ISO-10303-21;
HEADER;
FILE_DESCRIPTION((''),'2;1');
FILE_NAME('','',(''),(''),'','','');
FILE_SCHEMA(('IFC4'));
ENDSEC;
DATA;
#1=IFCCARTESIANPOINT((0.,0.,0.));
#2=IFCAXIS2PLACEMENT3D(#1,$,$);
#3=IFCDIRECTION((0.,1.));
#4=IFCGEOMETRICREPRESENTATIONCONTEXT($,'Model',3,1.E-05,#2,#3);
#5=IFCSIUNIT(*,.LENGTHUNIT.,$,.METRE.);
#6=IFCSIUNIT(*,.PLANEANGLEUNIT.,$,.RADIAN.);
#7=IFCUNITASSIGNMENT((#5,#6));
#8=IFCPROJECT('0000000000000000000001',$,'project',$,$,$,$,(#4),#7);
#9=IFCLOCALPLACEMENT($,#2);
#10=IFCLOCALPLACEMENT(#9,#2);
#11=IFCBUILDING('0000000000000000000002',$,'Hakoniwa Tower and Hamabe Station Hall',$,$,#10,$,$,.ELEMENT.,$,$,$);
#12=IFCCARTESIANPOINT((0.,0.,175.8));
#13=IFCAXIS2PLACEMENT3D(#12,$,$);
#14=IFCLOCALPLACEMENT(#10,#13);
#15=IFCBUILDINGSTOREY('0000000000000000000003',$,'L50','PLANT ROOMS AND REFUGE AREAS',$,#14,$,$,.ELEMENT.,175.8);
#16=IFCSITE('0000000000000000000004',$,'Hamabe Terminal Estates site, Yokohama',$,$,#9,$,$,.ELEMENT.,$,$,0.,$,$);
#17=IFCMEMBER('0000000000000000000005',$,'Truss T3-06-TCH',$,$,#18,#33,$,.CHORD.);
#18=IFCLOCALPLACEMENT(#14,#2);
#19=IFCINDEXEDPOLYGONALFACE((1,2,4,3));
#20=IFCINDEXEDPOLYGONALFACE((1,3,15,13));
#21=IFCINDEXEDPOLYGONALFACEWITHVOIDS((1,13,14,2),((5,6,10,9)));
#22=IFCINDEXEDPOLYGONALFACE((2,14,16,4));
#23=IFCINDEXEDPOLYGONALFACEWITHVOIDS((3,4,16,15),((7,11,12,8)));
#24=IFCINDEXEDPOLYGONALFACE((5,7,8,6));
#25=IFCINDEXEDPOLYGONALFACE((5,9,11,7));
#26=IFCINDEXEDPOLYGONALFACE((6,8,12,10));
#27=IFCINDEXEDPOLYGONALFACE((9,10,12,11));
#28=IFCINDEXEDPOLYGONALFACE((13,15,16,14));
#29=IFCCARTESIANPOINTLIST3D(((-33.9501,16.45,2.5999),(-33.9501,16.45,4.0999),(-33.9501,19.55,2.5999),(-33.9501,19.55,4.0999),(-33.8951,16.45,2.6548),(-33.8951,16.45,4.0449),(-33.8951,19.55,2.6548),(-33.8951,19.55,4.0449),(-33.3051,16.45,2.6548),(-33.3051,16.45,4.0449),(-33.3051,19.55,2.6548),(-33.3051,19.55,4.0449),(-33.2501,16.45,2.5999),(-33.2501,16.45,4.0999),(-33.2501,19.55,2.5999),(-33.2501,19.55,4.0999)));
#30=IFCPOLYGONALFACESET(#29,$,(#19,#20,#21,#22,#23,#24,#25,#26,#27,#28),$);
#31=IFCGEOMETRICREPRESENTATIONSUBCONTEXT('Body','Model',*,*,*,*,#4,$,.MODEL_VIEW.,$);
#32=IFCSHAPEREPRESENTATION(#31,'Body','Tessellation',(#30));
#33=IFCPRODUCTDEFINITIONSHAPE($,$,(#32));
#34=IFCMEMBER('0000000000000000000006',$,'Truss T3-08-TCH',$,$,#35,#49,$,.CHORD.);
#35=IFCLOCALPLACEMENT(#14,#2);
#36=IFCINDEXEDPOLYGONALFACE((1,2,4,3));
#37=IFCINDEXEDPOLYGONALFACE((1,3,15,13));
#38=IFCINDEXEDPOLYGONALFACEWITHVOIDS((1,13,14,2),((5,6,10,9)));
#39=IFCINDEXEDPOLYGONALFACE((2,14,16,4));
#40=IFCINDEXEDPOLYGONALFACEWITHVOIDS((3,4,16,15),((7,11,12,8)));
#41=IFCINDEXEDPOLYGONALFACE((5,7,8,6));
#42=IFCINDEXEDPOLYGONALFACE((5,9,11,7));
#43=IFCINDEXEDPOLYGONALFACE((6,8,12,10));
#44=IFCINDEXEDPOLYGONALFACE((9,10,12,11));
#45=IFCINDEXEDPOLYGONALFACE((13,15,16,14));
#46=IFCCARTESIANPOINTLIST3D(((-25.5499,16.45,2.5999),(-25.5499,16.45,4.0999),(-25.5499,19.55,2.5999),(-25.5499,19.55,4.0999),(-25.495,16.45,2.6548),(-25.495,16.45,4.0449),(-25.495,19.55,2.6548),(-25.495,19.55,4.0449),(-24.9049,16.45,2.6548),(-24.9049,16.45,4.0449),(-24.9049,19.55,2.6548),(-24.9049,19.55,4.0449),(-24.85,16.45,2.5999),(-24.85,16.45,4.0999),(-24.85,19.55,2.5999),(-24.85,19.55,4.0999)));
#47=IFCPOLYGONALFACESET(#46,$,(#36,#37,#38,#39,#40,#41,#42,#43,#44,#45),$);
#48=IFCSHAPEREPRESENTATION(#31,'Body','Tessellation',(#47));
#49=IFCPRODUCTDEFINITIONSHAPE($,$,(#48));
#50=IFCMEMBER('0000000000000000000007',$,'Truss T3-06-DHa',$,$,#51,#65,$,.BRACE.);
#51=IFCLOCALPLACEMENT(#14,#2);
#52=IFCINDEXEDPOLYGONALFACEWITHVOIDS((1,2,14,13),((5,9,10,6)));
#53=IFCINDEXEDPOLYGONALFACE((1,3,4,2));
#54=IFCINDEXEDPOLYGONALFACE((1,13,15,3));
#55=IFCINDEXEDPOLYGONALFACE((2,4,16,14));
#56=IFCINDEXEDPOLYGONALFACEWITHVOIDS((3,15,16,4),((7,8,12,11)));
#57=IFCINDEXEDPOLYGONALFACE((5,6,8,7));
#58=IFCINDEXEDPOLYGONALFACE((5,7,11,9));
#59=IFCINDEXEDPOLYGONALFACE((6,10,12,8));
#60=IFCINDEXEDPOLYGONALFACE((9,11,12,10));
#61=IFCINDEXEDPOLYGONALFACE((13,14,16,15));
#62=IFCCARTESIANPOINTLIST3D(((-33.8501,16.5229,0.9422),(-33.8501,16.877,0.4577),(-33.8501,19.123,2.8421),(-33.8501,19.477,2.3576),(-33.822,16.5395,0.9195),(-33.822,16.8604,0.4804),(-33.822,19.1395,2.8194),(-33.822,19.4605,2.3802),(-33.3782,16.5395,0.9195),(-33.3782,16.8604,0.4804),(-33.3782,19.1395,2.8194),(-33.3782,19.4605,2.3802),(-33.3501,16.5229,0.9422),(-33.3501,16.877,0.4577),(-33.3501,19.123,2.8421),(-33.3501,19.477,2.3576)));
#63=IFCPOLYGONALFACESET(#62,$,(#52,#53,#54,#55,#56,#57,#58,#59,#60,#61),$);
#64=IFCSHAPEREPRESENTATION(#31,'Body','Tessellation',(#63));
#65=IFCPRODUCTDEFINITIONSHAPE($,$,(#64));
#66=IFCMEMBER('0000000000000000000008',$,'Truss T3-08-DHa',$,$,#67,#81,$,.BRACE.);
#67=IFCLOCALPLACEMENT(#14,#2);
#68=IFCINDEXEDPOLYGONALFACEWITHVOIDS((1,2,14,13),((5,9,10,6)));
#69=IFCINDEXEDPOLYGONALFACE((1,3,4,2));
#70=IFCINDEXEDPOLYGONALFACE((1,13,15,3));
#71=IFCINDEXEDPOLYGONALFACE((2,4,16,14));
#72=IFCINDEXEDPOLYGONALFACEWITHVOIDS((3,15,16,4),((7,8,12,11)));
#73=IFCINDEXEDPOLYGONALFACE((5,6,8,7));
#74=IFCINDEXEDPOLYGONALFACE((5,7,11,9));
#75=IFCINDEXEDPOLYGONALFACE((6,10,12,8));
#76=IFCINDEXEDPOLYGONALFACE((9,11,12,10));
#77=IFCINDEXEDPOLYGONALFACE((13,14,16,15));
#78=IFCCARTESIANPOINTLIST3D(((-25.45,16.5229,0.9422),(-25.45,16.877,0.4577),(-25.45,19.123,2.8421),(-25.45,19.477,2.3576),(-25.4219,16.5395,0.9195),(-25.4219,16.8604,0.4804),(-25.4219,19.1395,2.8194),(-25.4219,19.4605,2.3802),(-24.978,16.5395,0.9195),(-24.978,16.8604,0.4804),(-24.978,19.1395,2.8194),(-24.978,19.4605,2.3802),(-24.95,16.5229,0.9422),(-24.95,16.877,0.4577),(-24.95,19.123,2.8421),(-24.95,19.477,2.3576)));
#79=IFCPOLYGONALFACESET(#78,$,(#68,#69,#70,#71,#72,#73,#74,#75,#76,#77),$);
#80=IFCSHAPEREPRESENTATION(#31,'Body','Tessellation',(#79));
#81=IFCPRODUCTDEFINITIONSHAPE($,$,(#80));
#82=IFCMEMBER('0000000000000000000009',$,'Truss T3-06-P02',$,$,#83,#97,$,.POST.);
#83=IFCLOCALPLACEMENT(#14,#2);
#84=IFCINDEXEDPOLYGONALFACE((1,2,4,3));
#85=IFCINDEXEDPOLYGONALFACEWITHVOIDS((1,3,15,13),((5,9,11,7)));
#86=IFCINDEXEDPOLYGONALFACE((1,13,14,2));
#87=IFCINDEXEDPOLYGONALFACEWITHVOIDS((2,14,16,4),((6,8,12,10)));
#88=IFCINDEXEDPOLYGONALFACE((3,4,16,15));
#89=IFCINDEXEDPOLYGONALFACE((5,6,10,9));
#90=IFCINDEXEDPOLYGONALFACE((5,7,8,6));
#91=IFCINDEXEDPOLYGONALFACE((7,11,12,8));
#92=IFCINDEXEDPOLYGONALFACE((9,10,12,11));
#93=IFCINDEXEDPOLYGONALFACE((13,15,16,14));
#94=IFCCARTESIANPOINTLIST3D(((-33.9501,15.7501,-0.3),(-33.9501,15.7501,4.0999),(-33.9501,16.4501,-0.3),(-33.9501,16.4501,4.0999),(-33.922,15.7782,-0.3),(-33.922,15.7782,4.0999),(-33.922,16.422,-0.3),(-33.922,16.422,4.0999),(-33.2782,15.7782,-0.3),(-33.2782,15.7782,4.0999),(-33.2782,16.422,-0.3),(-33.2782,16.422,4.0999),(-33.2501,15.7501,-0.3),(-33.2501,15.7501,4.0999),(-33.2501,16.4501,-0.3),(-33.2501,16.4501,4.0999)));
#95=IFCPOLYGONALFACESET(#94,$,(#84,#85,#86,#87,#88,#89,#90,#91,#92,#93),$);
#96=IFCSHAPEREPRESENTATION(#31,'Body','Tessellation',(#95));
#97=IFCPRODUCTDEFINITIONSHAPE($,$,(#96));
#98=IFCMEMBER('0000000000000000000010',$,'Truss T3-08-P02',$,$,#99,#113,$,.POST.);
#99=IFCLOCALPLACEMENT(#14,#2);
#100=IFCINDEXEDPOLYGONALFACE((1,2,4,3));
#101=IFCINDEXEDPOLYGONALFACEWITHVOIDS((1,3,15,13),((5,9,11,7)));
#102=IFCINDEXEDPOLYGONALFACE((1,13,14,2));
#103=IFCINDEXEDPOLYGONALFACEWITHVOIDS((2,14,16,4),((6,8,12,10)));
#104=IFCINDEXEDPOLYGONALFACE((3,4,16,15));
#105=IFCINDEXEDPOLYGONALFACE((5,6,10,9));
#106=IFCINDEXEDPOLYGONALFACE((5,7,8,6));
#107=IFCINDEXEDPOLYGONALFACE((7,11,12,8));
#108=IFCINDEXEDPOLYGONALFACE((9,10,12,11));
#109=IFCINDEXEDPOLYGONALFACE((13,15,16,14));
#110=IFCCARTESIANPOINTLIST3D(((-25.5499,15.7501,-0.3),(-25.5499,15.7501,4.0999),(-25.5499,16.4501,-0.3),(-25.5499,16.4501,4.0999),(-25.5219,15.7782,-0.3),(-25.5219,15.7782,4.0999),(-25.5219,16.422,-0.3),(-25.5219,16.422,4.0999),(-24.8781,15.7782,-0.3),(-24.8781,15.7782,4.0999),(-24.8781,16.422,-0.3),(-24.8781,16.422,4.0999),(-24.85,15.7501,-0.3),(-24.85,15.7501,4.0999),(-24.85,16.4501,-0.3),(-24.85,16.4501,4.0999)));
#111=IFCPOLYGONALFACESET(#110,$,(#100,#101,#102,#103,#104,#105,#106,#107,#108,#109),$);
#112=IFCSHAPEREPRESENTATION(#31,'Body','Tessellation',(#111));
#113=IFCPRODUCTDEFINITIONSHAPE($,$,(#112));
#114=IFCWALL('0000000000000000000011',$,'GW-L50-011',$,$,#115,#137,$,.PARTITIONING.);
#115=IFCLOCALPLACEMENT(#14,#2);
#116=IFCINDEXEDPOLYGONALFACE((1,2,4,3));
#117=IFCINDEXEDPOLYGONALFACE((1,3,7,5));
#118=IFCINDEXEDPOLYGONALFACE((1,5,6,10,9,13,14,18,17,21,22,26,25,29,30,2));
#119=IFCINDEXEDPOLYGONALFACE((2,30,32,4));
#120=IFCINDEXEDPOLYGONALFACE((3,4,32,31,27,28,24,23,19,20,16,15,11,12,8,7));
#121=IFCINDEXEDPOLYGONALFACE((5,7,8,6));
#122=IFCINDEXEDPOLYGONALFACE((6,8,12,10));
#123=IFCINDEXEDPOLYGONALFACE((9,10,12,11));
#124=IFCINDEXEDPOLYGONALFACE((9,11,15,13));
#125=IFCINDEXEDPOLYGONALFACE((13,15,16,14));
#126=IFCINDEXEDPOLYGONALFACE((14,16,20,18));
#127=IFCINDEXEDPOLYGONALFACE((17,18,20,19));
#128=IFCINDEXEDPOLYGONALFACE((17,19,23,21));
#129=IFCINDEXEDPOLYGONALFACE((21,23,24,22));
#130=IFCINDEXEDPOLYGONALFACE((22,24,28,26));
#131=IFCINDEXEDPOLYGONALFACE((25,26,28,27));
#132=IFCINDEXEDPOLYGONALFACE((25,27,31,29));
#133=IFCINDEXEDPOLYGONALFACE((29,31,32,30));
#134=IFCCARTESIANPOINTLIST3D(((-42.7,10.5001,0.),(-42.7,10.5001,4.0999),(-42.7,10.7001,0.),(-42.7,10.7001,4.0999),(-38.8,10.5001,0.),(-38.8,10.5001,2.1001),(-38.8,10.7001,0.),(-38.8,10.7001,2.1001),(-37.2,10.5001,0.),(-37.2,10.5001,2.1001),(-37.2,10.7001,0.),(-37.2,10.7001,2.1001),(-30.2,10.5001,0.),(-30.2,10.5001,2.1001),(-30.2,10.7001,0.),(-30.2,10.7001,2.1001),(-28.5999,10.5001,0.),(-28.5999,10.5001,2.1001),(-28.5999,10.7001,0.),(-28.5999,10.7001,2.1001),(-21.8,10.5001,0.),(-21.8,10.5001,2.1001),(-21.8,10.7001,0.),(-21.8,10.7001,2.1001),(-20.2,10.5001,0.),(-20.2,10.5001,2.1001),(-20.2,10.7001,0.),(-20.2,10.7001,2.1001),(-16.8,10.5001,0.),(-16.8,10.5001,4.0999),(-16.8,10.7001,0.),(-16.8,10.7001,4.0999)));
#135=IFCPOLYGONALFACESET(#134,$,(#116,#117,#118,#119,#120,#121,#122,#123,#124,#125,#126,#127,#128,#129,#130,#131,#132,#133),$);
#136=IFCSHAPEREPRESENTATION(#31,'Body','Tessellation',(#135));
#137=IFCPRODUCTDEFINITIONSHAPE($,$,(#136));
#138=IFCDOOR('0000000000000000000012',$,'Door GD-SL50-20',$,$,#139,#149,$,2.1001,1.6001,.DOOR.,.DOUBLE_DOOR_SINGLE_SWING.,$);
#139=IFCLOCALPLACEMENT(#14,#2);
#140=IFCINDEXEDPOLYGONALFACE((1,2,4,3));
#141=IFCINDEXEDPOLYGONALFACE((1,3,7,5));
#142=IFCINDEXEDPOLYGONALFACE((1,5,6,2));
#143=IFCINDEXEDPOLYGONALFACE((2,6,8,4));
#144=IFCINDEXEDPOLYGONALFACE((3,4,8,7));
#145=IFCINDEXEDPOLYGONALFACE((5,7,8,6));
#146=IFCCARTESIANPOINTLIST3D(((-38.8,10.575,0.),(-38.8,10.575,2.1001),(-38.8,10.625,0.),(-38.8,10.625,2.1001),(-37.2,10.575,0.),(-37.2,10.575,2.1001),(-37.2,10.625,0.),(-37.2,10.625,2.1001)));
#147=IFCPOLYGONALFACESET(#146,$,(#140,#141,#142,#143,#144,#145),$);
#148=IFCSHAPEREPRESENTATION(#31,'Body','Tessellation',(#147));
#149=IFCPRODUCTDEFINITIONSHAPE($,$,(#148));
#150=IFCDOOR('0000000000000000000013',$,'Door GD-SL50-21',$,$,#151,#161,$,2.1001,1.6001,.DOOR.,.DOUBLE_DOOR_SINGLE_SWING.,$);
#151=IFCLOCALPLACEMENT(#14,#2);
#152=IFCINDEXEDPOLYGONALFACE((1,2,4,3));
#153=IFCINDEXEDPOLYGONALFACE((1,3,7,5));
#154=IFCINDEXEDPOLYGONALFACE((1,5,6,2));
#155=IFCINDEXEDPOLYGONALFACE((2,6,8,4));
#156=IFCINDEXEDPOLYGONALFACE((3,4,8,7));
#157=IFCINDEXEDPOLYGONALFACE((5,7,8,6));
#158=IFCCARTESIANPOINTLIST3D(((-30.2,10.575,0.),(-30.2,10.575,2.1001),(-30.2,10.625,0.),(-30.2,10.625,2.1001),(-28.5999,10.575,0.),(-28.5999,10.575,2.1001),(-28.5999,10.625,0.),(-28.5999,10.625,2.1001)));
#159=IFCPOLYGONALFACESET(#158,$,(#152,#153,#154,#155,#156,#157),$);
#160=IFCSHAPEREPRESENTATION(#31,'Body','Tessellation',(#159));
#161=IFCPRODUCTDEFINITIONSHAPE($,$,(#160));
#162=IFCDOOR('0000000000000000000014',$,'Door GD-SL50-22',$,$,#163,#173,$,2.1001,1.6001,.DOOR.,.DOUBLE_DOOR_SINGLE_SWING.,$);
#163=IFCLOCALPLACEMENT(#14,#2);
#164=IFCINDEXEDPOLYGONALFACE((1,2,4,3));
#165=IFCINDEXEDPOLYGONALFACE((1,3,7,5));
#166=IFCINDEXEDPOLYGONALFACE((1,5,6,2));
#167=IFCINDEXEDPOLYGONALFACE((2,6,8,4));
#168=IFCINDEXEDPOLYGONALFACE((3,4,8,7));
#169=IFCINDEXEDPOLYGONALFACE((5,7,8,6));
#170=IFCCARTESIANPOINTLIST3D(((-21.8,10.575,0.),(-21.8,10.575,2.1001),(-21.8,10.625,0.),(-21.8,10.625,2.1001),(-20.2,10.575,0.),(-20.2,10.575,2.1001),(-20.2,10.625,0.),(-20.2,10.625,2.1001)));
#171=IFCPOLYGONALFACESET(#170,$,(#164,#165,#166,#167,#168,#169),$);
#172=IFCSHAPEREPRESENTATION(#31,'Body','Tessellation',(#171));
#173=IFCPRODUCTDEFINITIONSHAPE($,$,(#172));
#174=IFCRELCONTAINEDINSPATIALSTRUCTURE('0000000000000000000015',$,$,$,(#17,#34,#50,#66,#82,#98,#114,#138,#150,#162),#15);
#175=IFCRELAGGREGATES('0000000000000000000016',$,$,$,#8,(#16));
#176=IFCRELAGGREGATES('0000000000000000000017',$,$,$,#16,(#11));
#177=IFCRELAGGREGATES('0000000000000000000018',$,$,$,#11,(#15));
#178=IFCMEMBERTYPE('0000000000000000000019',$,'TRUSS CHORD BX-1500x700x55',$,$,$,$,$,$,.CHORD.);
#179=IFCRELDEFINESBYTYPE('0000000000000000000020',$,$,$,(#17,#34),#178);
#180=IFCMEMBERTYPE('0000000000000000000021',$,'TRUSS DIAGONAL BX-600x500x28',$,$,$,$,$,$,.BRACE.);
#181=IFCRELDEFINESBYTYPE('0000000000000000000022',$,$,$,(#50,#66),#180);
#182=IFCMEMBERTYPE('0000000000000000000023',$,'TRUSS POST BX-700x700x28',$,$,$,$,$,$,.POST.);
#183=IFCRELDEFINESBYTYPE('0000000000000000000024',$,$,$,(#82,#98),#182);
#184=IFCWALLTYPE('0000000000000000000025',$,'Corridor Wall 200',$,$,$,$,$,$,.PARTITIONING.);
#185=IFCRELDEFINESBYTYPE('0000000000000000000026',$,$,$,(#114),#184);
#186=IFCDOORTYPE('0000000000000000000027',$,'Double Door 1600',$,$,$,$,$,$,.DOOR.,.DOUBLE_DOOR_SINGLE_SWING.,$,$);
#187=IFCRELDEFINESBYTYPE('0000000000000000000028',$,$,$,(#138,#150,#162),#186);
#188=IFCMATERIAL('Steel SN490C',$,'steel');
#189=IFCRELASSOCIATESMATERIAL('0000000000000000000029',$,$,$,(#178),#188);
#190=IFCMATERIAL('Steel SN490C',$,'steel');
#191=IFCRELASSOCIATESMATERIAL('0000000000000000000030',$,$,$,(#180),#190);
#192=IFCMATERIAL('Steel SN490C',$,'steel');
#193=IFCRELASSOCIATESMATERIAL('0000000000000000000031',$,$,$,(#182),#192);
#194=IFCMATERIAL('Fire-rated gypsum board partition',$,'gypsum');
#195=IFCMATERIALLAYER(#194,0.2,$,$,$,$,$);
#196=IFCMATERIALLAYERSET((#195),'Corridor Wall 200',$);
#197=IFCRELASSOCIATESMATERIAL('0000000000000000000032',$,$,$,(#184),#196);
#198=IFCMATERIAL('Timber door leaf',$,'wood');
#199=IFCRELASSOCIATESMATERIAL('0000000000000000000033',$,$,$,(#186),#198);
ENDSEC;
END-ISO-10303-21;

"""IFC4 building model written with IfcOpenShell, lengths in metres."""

from ifc_helpers import new_model, si_unit, direction, frame, frame_2d, origin, origin_2d, place, context, subcontext, project, spatial, rectangle, hollow_rectangle, extrude, material, layer, layer_set, material_profile, profile_set, type_object, element, fill, save


model = new_model("IFC4")

# Units and contexts
model_context = context("Model", 3, precision=1e-05, world=origin(), true_north=direction((0.0, 1.0)))
body_context = subcontext(model_context, "Body", "Model", "MODEL_VIEW")
ifc_project = project(units=[si_unit("LENGTHUNIT", "METRE"), si_unit("PLANEANGLEUNIT", "RADIAN")], contexts=[model_context])

# Site, building, storey
site_placement = place(None, origin())
site = spatial("IfcSite", under=ifc_project, at=site_placement, Name="Hamabe Terminal Estates site, Yokohama", CompositionType="ELEMENT", RefElevation=0.0)
building_placement = place(site_placement, origin())
building = spatial("IfcBuilding", under=site, at=building_placement, Name="Hakoniwa Tower and Hamabe Station Hall", CompositionType="ELEMENT")
storey_placement = place(building_placement, frame((0.0, 0.0, 175.8)))
storey = spatial("IfcBuildingStorey", under=building, at=storey_placement, Name="L50", Description="PLANT ROOMS AND REFUGE AREAS", CompositionType="ELEMENT", Elevation=175.8)

# Members
ifc_material_1 = material(Name="Steel SN490C", Category="steel")
ifc_material_profile_1 = material_profile(ifc_material_1, hollow_rectangle(XDim=0.7, YDim=1.5, WallThickness=0.0549, at=origin_2d()), Name="BX-1500x700x55")
ifc_profile_set_1 = profile_set([ifc_material_profile_1], Name="Steel SN490C")
member_type_1 = type_object("IfcMemberType", Name="TRUSS CHORD BX-1500x700x55", PredefinedType="CHORD", material=ifc_profile_set_1)
for number, where, z_axis, x_axis, name in (
    (1, (-33.6001, 16.45, 3.3499), (0.0, 1.0, 0.0), (-1.0, 0.0, 0.0), "Truss T3-06-TCH"),
    (2, (-25.2, 16.45, 3.3499), (0.0, 1.0, 0.0), (-1.0, 0.0, 0.0), "Truss T3-08-TCH"),
):
    element("IfcMember", number, at=place(storey_placement, frame(where, z_axis=z_axis, x_axis=x_axis)), inside=storey, type_object=member_type_1, Name=name, PredefinedType="CHORD", context=body_context, shape_type="SweptSolid", body=[
        extrude(hollow_rectangle(XDim=0.7, YDim=1.5, WallThickness=0.0549, at=origin_2d()), origin(), (0.0, 0.0, 1.0), 3.1001),
    ])
ifc_material_2 = material(Name="Steel SN490C", Category="steel")
ifc_material_profile_2 = material_profile(ifc_material_2, hollow_rectangle(XDim=0.5, YDim=0.6001, WallThickness=0.0281, at=origin_2d()), Name="BX-600x500x28")
ifc_profile_set_2 = profile_set([ifc_material_profile_2], Name="Steel SN490C")
member_type_2 = type_object("IfcMemberType", Name="TRUSS DIAGONAL BX-600x500x28", PredefinedType="BRACE", material=ifc_profile_set_2)
for number, where, z_axis, x_axis, name in (
    (3, (-33.6001, 16.7, 0.7), (0.0, 0.807416, 0.589982), (-1.0, 0.0, 0.0), "Truss T3-06-DHa"),
    (4, (-25.2, 16.7, 0.7), (0.0, 0.807416, 0.589982), (-1.0, 0.0, 0.0), "Truss T3-08-DHa"),
):
    element("IfcMember", number, at=place(storey_placement, frame(where, z_axis=z_axis, x_axis=x_axis)), inside=storey, type_object=member_type_2, Name=name, PredefinedType="BRACE", context=body_context, shape_type="SweptSolid", body=[
        extrude(hollow_rectangle(XDim=0.5, YDim=0.6001, WallThickness=0.0281, at=origin_2d()), origin(), (0.0, 0.0, 1.0), 3.2202),
    ])
ifc_material_3 = material(Name="Steel SN490C", Category="steel")
ifc_material_profile_3 = material_profile(ifc_material_3, hollow_rectangle(XDim=0.7, YDim=0.7, WallThickness=0.0281, at=origin_2d()), Name="BX-700x700x28")
ifc_profile_set_3 = profile_set([ifc_material_profile_3], Name="Steel SN490C")
member_type_3 = type_object("IfcMemberType", Name="TRUSS POST BX-700x700x28", PredefinedType="POST", material=ifc_profile_set_3)
for number, where, z_axis, x_axis, name in (
    (5, (-33.6001, 16.1001, -0.3), (0.0, 0.0, 1.0), (1.0, 0.0, 0.0), "Truss T3-06-P02"),
    (6, (-25.2, 16.1001, -0.3), (0.0, 0.0, 1.0), (1.0, 0.0, 0.0), "Truss T3-08-P02"),
):
    element("IfcMember", number, at=place(storey_placement, frame(where, z_axis=z_axis, x_axis=x_axis)), inside=storey, type_object=member_type_3, Name=name, PredefinedType="POST", context=body_context, shape_type="SweptSolid", body=[
        extrude(hollow_rectangle(XDim=0.7, YDim=0.7, WallThickness=0.0281, at=origin_2d()), origin(), (0.0, 0.0, 1.0), 4.3999),
    ])

# Wall, openings, doors
ifc_material_4 = material(Name="Fire-rated gypsum board partition", Category="gypsum")
ifc_layer_1 = layer(ifc_material_4, 0.2)
ifc_layer_set_1 = layer_set([ifc_layer_1], Name="Corridor Wall 200")
wall_type_1 = type_object("IfcWallType", Name="Corridor Wall 200", PredefinedType="PARTITIONING", material=ifc_layer_set_1)
wall_placement = place(storey_placement, frame((-42.7, 10.6001, 0.0), z_axis=(0.0, 0.0, 1.0), x_axis=(1.0, 0.0, 0.0)))
wall = element("IfcWall", 7, at=wall_placement, inside=storey, type_object=wall_type_1, Name="GW-L50-011", PredefinedType="PARTITIONING", context=body_context, shape_type="SweptSolid", body=[
    extrude(rectangle(XDim=25.8999, YDim=0.2, at=frame_2d((12.95, 0.0))), origin(), (0.0, 0.0, 1.0), 4.0999),
])
opening_1_placement = place(wall_placement, frame((3.8999, 0.0, 0.0)))
opening_1 = element("IfcOpeningElement", 8, at=opening_1_placement, cuts=wall, PredefinedType="OPENING", context=body_context, shape_type="SweptSolid", body=[
    extrude(rectangle(XDim=1.6001, YDim=2.1001, at=frame_2d((0.8, 1.05))), frame((0.0, 0.1099, 0.0), z_axis=(0.0, -1.0, 0.0), x_axis=(1.0, 0.0, 0.0)), (0.0, 0.0, 1.0), 0.22),
])
opening_2_placement = place(wall_placement, frame((12.5, 0.0, 0.0)))
opening_2 = element("IfcOpeningElement", 9, at=opening_2_placement, cuts=wall, PredefinedType="OPENING", context=body_context, shape_type="SweptSolid", body=[
    extrude(rectangle(XDim=1.6001, YDim=2.1001, at=frame_2d((0.8, 1.05))), frame((0.0, 0.1099, 0.0), z_axis=(0.0, -1.0, 0.0), x_axis=(1.0, 0.0, 0.0)), (0.0, 0.0, 1.0), 0.22),
])
opening_3_placement = place(wall_placement, frame((20.8999, 0.0, 0.0)))
opening_3 = element("IfcOpeningElement", 10, at=opening_3_placement, cuts=wall, PredefinedType="OPENING", context=body_context, shape_type="SweptSolid", body=[
    extrude(rectangle(XDim=1.6001, YDim=2.1001, at=frame_2d((0.8, 1.05))), frame((0.0, 0.1099, 0.0), z_axis=(0.0, -1.0, 0.0), x_axis=(1.0, 0.0, 0.0)), (0.0, 0.0, 1.0), 0.22),
])
ifc_material_5 = material(Name="Timber door leaf", Category="wood")
door_type = type_object("IfcDoorType", Name="Double Door 1600", OperationType="DOUBLE_DOOR_SINGLE_SWING", PredefinedType="DOOR", material=ifc_material_5)
door_1_placement = place(opening_1_placement, origin())
door_1 = element("IfcDoor", 11, at=door_1_placement, inside=storey, type_object=door_type, Name="Door GD-SL50-20", OperationType="DOUBLE_DOOR_SINGLE_SWING", OverallHeight=2.1001, OverallWidth=1.6001, PredefinedType="DOOR", context=body_context, shape_type="SweptSolid", body=[
    extrude(rectangle(XDim=1.6001, YDim=2.1001, at=frame_2d((0.8, 1.05))), frame((0.0, 0.0249, 0.0), z_axis=(0.0, -1.0, 0.0), x_axis=(1.0, 0.0, 0.0)), (0.0, 0.0, 1.0), 0.05),
])
fill(opening_1, door_1)
door_2_placement = place(opening_2_placement, origin())
door_2 = element("IfcDoor", 12, at=door_2_placement, inside=storey, type_object=door_type, Name="Door GD-SL50-21", OperationType="DOUBLE_DOOR_SINGLE_SWING", OverallHeight=2.1001, OverallWidth=1.6001, PredefinedType="DOOR", context=body_context, shape_type="SweptSolid", body=[
    extrude(rectangle(XDim=1.6001, YDim=2.1001, at=frame_2d((0.8, 1.05))), frame((0.0, 0.0249, 0.0), z_axis=(0.0, -1.0, 0.0), x_axis=(1.0, 0.0, 0.0)), (0.0, 0.0, 1.0), 0.05),
])
fill(opening_2, door_2)
door_3_placement = place(opening_3_placement, origin())
door_3 = element("IfcDoor", 13, at=door_3_placement, inside=storey, type_object=door_type, Name="Door GD-SL50-22", OperationType="DOUBLE_DOOR_SINGLE_SWING", OverallHeight=2.1001, OverallWidth=1.6001, PredefinedType="DOOR", context=body_context, shape_type="SweptSolid", body=[
    extrude(rectangle(XDim=1.6001, YDim=2.1001, at=frame_2d((0.8, 1.05))), frame((0.0, 0.0249, 0.0), z_axis=(0.0, -1.0, 0.0), x_axis=(1.0, 0.0, 0.0)), (0.0, 0.0, 1.0), 0.05),
])
fill(opening_3, door_3)

save(model, "model.ifc")
